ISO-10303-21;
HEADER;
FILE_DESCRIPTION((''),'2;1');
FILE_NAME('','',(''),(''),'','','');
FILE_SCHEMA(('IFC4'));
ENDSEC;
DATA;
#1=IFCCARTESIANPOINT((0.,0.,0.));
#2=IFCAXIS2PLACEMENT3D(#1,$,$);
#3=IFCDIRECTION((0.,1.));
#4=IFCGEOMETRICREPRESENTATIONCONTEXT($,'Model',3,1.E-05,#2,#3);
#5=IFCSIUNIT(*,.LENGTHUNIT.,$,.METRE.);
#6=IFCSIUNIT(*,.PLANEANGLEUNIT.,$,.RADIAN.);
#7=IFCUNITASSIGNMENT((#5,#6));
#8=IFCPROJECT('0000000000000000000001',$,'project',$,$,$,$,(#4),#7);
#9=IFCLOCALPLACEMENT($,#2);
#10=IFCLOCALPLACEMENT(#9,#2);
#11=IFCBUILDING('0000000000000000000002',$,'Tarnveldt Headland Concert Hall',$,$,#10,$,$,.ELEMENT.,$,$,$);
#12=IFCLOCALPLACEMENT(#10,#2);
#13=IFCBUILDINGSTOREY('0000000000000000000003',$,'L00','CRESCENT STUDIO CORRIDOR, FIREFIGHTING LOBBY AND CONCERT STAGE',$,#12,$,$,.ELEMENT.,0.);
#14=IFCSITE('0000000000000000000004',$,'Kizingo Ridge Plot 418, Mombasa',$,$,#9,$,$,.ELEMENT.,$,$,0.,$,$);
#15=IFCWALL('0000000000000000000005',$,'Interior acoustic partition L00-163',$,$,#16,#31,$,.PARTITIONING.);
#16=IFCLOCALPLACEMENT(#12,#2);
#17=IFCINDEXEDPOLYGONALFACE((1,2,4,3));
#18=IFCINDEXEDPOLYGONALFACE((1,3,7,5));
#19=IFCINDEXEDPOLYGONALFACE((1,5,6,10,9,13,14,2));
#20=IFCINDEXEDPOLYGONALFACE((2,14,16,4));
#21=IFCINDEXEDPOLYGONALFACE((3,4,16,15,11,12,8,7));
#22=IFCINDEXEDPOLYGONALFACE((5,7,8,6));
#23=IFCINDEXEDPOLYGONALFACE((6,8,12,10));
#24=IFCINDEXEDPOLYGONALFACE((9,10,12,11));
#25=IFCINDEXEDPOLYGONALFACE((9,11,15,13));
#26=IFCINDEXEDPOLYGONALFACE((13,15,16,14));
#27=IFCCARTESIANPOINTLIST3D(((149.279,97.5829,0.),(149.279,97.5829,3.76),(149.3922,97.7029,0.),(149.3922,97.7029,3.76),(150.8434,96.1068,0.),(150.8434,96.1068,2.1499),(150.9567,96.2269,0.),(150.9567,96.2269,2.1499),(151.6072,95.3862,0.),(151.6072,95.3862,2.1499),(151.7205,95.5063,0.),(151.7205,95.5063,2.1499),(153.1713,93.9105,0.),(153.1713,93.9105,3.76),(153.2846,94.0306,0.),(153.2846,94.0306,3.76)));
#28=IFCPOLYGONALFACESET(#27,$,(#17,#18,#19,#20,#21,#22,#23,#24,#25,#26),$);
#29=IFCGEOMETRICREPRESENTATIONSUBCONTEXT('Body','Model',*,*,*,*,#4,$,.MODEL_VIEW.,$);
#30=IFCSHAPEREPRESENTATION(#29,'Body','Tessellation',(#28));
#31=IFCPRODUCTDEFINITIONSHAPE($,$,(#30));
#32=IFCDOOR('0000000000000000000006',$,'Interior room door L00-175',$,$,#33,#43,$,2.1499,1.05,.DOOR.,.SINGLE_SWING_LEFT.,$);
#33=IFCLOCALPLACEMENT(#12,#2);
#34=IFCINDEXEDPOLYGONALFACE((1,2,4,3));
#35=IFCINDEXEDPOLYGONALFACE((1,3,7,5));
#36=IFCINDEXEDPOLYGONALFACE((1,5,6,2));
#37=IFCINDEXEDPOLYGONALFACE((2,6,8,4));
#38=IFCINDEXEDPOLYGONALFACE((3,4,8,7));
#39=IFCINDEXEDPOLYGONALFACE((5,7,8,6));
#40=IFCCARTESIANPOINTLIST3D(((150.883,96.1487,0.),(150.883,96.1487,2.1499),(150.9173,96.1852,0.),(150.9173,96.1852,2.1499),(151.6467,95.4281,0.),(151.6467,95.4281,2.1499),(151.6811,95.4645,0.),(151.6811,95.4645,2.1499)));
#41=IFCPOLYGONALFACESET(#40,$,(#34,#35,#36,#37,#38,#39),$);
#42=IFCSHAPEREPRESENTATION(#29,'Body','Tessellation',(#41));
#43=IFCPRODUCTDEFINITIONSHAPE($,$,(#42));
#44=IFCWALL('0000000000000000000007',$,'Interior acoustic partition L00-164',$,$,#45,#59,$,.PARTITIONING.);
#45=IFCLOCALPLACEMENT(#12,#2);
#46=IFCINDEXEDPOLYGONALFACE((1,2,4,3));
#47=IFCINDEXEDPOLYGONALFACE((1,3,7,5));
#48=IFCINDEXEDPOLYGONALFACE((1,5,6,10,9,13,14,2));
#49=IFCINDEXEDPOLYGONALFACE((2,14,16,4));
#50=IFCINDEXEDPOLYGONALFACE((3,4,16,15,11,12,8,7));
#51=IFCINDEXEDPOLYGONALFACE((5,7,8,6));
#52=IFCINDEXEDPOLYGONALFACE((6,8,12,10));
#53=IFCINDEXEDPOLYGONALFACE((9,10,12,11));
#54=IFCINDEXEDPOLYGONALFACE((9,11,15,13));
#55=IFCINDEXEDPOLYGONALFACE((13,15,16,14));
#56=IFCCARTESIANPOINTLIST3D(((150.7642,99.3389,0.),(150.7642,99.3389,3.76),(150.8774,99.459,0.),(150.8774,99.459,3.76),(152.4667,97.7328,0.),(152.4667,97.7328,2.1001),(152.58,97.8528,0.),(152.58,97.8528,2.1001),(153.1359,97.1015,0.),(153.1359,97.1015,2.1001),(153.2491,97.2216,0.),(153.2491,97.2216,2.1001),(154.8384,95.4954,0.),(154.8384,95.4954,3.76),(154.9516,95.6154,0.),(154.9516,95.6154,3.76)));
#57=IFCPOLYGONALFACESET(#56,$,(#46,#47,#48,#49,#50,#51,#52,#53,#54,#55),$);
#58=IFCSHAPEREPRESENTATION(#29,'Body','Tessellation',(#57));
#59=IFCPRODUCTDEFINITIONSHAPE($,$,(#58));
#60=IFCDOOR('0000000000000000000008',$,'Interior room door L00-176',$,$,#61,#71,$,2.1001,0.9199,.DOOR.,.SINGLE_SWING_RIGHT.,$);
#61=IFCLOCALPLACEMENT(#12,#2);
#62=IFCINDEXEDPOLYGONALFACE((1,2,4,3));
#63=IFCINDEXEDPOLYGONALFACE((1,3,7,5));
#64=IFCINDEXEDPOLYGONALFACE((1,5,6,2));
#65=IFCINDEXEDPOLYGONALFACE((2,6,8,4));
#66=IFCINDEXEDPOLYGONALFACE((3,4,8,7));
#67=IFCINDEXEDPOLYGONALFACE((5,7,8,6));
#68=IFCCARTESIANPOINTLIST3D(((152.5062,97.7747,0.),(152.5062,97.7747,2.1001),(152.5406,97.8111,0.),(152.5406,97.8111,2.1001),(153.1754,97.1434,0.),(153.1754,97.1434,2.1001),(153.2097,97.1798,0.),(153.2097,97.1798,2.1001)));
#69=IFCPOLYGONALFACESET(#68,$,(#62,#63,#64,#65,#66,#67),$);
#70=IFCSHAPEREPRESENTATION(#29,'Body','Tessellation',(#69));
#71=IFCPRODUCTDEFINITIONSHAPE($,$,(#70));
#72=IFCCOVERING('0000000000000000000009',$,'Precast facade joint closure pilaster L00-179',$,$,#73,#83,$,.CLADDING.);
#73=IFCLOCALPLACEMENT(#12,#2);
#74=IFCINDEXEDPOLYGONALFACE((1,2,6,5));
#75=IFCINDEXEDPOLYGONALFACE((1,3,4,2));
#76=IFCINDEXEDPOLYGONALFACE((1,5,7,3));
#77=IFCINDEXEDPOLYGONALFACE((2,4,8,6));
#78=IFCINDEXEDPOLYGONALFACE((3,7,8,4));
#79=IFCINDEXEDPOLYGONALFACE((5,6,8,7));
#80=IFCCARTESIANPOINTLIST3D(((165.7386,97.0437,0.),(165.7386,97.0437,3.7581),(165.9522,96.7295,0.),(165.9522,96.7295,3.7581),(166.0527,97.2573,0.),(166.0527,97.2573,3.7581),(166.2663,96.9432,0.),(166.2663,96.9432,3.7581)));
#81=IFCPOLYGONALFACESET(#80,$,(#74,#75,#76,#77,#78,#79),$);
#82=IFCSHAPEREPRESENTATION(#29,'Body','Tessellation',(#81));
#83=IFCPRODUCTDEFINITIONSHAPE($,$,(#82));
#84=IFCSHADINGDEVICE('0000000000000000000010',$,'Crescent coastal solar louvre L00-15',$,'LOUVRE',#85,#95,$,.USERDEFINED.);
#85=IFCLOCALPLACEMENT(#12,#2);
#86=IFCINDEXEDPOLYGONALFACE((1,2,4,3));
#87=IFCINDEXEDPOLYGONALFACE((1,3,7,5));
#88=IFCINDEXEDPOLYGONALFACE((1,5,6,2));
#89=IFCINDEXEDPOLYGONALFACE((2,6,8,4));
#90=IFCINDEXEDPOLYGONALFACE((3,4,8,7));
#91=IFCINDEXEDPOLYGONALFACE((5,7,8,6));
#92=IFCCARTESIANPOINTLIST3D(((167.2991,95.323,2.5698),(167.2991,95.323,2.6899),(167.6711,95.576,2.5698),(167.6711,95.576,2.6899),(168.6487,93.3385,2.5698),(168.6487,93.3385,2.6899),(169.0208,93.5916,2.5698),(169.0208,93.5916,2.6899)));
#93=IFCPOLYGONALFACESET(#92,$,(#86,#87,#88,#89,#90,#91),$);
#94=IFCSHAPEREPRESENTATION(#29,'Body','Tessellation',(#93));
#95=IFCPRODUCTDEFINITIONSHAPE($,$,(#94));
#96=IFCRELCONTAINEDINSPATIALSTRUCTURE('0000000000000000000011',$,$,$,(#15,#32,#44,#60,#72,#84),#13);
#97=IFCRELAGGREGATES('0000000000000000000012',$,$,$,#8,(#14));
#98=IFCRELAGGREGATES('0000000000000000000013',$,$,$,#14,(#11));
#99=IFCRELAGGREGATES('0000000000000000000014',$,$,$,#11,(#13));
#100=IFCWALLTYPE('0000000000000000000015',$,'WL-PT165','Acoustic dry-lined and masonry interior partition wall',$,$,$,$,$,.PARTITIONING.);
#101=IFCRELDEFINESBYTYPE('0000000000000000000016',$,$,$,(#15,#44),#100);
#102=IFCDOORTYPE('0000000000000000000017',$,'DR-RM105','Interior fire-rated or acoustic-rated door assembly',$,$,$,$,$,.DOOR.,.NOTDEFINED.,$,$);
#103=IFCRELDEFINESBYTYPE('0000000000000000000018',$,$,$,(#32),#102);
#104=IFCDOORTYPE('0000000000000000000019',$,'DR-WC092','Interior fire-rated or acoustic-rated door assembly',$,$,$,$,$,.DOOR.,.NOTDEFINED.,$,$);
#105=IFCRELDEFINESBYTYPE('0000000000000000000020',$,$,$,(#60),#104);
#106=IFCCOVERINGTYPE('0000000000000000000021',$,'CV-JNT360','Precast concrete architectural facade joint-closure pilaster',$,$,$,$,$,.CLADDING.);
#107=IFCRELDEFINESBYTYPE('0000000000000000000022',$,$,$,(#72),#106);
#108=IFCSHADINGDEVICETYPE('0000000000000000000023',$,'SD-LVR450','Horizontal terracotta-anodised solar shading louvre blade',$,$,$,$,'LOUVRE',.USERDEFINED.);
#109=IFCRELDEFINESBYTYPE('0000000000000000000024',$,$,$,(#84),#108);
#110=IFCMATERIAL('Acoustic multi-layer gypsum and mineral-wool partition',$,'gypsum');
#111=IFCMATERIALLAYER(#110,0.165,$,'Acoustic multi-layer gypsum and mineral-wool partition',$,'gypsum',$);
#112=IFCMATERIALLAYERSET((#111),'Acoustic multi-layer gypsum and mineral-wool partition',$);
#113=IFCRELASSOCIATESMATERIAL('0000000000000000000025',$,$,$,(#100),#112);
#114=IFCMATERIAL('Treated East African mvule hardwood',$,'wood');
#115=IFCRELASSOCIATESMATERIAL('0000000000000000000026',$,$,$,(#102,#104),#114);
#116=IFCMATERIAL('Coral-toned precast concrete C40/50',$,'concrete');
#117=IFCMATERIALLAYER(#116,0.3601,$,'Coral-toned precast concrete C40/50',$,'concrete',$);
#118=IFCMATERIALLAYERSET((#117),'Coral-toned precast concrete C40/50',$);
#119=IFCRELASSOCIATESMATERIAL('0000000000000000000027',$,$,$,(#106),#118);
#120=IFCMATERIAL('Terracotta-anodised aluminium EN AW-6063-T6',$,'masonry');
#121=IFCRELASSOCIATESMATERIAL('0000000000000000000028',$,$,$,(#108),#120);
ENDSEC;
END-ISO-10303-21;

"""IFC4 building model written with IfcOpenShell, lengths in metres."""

from ifc_helpers import new_model, si_unit, direction, frame, frame_2d, origin, origin_2d, place, context, subcontext, project, spatial, rectangle, extrude, material, layer, layer_set, type_object, element, fill, save


model = new_model("IFC4")

# Units and contexts
model_context = context("Model", 3, precision=1e-05, world=origin(), true_north=direction((0.0, 1.0)))
body_context = subcontext(model_context, "Body", "Model", "MODEL_VIEW")
ifc_project = project(units=[si_unit("LENGTHUNIT", "METRE"), si_unit("PLANEANGLEUNIT", "RADIAN")], contexts=[model_context])

# Site, building, storey
site_placement = place(None, origin())
site = spatial("IfcSite", under=ifc_project, at=site_placement, Name="Kizingo Ridge Plot 418, Mombasa", CompositionType="ELEMENT", RefElevation=0.0)
building_placement = place(site_placement, origin())
building = spatial("IfcBuilding", under=site, at=building_placement, Name="Tarnveldt Headland Concert Hall", CompositionType="ELEMENT")
storey_placement = place(building_placement, origin())
storey = spatial("IfcBuildingStorey", under=building, at=storey_placement, Name="L00", Description="CRESCENT STUDIO CORRIDOR, FIREFIGHTING LOBBY AND CONCERT STAGE", CompositionType="ELEMENT", Elevation=0.0)

# Shared definitions
ifc_material_1 = material(Name="Coral-toned precast concrete C40/50", Category="concrete")

# Walls, openings, doors
ifc_material_2 = material(Name="Acoustic multi-layer gypsum and mineral-wool partition", Category="gypsum")
ifc_layer_1 = layer(ifc_material_2, 0.165, Name="Acoustic multi-layer gypsum and mineral-wool partition", Category="gypsum")
ifc_layer_set_1 = layer_set([ifc_layer_1], Name="Acoustic multi-layer gypsum and mineral-wool partition")
wall_type_1 = type_object("IfcWallType", Name="WL-PT165", Description="Acoustic dry-lined and masonry interior partition wall", PredefinedType="PARTITIONING", material=ifc_layer_set_1)
wall_1_placement = place(storey_placement, frame((153.228, 93.9705, 0.0), z_axis=(0.0, 0.0, 1.0), x_axis=(-0.727361, 0.686255, 0.0)))
wall_1 = element("IfcWall", 1, at=wall_1_placement, inside=storey, type_object=wall_type_1, Name="Interior acoustic partition L00-163", PredefinedType="PARTITIONING", context=body_context, shape_type="SweptSolid", body=[
    extrude(rectangle(XDim=5.3513, YDim=0.165, at=frame_2d((2.6758, 0.0))), origin(), (0.0, 0.0, 1.0), 3.76),
])
opening_1_placement = place(wall_1_placement, frame((2.1506, 0.0, 0.0)))
opening_1 = element("IfcOpeningElement", 2, at=opening_1_placement, cuts=wall_1, PredefinedType="OPENING", context=body_context, shape_type="SweptSolid", body=[
    extrude(rectangle(XDim=1.05, YDim=2.1499, at=frame_2d((0.5249, 1.075))), frame((0.0, 0.0925, 0.0), z_axis=(0.0, -1.0, 0.0), x_axis=(1.0, 0.0, 0.0)), (0.0, 0.0, 1.0), 0.1851),
])
ifc_material_3 = material(Name="Treated East African mvule hardwood", Category="wood")
door_type_1 = type_object("IfcDoorType", Name="DR-RM105", Description="Interior fire-rated or acoustic-rated door assembly", OperationType="NOTDEFINED", PredefinedType="DOOR", material=ifc_material_3)
door_1_placement = place(opening_1_placement, origin())
door_1 = element("IfcDoor", 3, at=door_1_placement, inside=storey, type_object=door_type_1, Name="Interior room door L00-175", OperationType="SINGLE_SWING_LEFT", OverallHeight=2.1499, OverallWidth=1.05, PredefinedType="DOOR", context=body_context, shape_type="SweptSolid", body=[
    extrude(rectangle(XDim=1.05, YDim=2.1499, at=frame_2d((0.5249, 1.075))), frame((0.0, 0.0249, 0.0), z_axis=(0.0, -1.0, 0.0), x_axis=(1.0, 0.0, 0.0)), (0.0, 0.0, 1.0), 0.05),
])
fill(opening_1, door_1)
wall_2_placement = place(storey_placement, frame((154.895, 95.5554, 0.0), z_axis=(0.0, 0.0, 1.0), x_axis=(-0.727402, 0.686211, 0.0)))
wall_2 = element("IfcWall", 4, at=wall_2_placement, inside=storey, type_object=wall_type_1, Name="Interior acoustic partition L00-164", PredefinedType="PARTITIONING", context=body_context, shape_type="SweptSolid", body=[
    extrude(rectangle(XDim=5.6011, YDim=0.165, at=frame_2d((2.8005, 0.0))), origin(), (0.0, 0.0, 1.0), 3.76),
])
opening_2_placement = place(wall_2_placement, frame((2.3406, 0.0, 0.0)))
opening_2 = element("IfcOpeningElement", 5, at=opening_2_placement, cuts=wall_2, PredefinedType="OPENING", context=body_context, shape_type="SweptSolid", body=[
    extrude(rectangle(XDim=0.9199, YDim=2.1001, at=frame_2d((0.46, 1.05))), frame((0.0, 0.0925, 0.0), z_axis=(0.0, -1.0, 0.0), x_axis=(1.0, 0.0, 0.0)), (0.0, 0.0, 1.0), 0.1851),
])
door_type_2 = type_object("IfcDoorType", Name="DR-WC092", Description="Interior fire-rated or acoustic-rated door assembly", OperationType="NOTDEFINED", PredefinedType="DOOR", material=ifc_material_3)
door_2_placement = place(opening_2_placement, origin())
door_2 = element("IfcDoor", 6, at=door_2_placement, inside=storey, type_object=door_type_2, Name="Interior room door L00-176", OperationType="SINGLE_SWING_RIGHT", OverallHeight=2.1001, OverallWidth=0.9199, PredefinedType="DOOR", context=body_context, shape_type="SweptSolid", body=[
    extrude(rectangle(XDim=0.9199, YDim=2.1001, at=frame_2d((0.46, 1.05))), frame((0.0, 0.0249, 0.0), z_axis=(0.0, -1.0, 0.0), x_axis=(1.0, 0.0, 0.0)), (0.0, 0.0, 1.0), 0.05),
])
fill(opening_2, door_2)

# Covering
ifc_layer_2 = layer(ifc_material_1, 0.3601, Name="Coral-toned precast concrete C40/50", Category="concrete")
ifc_layer_set_2 = layer_set([ifc_layer_2], Name="Coral-toned precast concrete C40/50")
covering_type = type_object("IfcCoveringType", Name="CV-JNT360", Description="Precast concrete architectural facade joint-closure pilaster", PredefinedType="CLADDING", material=ifc_layer_set_2)
covering_placement = place(storey_placement, frame((166.0024, 96.9934, 0.0), z_axis=(0.0, 0.0, 1.0), x_axis=(0.562372, -0.826884, 0.0)))
element("IfcCovering", 7, at=covering_placement, inside=storey, type_object=covering_type, Name="Precast facade joint closure pilaster L00-179", PredefinedType="CLADDING", context=body_context, shape_type="SweptSolid", body=[
    extrude(rectangle(XDim=0.3799, YDim=0.3799, at=origin_2d()), origin(), (0.0, 0.0, 1.0), 3.7581),
])

# Shading device
ifc_material_4 = material(Name="Terracotta-anodised aluminium EN AW-6063-T6", Category="masonry")
shading_device_type = type_object("IfcShadingDeviceType", Name="SD-LVR450", Description="Horizontal terracotta-anodised solar shading louvre blade", ElementType="LOUVRE", PredefinedType="USERDEFINED", material=ifc_material_4)
shading_device_placement = place(storey_placement, frame((168.1599, 94.4573, 2.5698), z_axis=(0.0, 0.0, 1.0), x_axis=(0.826884, 0.562372, 0.0)))
element("IfcShadingDevice", 8, at=shading_device_placement, inside=storey, type_object=shading_device_type, Name="Crescent coastal solar louvre L00-15", ObjectType="LOUVRE", PredefinedType="USERDEFINED", context=body_context, shape_type="SweptSolid", body=[
    extrude(rectangle(XDim=0.45, YDim=2.3999, at=origin_2d()), origin(), (0.0, 0.0, 1.0), 0.1201),
])

save(model, "model.ifc")
